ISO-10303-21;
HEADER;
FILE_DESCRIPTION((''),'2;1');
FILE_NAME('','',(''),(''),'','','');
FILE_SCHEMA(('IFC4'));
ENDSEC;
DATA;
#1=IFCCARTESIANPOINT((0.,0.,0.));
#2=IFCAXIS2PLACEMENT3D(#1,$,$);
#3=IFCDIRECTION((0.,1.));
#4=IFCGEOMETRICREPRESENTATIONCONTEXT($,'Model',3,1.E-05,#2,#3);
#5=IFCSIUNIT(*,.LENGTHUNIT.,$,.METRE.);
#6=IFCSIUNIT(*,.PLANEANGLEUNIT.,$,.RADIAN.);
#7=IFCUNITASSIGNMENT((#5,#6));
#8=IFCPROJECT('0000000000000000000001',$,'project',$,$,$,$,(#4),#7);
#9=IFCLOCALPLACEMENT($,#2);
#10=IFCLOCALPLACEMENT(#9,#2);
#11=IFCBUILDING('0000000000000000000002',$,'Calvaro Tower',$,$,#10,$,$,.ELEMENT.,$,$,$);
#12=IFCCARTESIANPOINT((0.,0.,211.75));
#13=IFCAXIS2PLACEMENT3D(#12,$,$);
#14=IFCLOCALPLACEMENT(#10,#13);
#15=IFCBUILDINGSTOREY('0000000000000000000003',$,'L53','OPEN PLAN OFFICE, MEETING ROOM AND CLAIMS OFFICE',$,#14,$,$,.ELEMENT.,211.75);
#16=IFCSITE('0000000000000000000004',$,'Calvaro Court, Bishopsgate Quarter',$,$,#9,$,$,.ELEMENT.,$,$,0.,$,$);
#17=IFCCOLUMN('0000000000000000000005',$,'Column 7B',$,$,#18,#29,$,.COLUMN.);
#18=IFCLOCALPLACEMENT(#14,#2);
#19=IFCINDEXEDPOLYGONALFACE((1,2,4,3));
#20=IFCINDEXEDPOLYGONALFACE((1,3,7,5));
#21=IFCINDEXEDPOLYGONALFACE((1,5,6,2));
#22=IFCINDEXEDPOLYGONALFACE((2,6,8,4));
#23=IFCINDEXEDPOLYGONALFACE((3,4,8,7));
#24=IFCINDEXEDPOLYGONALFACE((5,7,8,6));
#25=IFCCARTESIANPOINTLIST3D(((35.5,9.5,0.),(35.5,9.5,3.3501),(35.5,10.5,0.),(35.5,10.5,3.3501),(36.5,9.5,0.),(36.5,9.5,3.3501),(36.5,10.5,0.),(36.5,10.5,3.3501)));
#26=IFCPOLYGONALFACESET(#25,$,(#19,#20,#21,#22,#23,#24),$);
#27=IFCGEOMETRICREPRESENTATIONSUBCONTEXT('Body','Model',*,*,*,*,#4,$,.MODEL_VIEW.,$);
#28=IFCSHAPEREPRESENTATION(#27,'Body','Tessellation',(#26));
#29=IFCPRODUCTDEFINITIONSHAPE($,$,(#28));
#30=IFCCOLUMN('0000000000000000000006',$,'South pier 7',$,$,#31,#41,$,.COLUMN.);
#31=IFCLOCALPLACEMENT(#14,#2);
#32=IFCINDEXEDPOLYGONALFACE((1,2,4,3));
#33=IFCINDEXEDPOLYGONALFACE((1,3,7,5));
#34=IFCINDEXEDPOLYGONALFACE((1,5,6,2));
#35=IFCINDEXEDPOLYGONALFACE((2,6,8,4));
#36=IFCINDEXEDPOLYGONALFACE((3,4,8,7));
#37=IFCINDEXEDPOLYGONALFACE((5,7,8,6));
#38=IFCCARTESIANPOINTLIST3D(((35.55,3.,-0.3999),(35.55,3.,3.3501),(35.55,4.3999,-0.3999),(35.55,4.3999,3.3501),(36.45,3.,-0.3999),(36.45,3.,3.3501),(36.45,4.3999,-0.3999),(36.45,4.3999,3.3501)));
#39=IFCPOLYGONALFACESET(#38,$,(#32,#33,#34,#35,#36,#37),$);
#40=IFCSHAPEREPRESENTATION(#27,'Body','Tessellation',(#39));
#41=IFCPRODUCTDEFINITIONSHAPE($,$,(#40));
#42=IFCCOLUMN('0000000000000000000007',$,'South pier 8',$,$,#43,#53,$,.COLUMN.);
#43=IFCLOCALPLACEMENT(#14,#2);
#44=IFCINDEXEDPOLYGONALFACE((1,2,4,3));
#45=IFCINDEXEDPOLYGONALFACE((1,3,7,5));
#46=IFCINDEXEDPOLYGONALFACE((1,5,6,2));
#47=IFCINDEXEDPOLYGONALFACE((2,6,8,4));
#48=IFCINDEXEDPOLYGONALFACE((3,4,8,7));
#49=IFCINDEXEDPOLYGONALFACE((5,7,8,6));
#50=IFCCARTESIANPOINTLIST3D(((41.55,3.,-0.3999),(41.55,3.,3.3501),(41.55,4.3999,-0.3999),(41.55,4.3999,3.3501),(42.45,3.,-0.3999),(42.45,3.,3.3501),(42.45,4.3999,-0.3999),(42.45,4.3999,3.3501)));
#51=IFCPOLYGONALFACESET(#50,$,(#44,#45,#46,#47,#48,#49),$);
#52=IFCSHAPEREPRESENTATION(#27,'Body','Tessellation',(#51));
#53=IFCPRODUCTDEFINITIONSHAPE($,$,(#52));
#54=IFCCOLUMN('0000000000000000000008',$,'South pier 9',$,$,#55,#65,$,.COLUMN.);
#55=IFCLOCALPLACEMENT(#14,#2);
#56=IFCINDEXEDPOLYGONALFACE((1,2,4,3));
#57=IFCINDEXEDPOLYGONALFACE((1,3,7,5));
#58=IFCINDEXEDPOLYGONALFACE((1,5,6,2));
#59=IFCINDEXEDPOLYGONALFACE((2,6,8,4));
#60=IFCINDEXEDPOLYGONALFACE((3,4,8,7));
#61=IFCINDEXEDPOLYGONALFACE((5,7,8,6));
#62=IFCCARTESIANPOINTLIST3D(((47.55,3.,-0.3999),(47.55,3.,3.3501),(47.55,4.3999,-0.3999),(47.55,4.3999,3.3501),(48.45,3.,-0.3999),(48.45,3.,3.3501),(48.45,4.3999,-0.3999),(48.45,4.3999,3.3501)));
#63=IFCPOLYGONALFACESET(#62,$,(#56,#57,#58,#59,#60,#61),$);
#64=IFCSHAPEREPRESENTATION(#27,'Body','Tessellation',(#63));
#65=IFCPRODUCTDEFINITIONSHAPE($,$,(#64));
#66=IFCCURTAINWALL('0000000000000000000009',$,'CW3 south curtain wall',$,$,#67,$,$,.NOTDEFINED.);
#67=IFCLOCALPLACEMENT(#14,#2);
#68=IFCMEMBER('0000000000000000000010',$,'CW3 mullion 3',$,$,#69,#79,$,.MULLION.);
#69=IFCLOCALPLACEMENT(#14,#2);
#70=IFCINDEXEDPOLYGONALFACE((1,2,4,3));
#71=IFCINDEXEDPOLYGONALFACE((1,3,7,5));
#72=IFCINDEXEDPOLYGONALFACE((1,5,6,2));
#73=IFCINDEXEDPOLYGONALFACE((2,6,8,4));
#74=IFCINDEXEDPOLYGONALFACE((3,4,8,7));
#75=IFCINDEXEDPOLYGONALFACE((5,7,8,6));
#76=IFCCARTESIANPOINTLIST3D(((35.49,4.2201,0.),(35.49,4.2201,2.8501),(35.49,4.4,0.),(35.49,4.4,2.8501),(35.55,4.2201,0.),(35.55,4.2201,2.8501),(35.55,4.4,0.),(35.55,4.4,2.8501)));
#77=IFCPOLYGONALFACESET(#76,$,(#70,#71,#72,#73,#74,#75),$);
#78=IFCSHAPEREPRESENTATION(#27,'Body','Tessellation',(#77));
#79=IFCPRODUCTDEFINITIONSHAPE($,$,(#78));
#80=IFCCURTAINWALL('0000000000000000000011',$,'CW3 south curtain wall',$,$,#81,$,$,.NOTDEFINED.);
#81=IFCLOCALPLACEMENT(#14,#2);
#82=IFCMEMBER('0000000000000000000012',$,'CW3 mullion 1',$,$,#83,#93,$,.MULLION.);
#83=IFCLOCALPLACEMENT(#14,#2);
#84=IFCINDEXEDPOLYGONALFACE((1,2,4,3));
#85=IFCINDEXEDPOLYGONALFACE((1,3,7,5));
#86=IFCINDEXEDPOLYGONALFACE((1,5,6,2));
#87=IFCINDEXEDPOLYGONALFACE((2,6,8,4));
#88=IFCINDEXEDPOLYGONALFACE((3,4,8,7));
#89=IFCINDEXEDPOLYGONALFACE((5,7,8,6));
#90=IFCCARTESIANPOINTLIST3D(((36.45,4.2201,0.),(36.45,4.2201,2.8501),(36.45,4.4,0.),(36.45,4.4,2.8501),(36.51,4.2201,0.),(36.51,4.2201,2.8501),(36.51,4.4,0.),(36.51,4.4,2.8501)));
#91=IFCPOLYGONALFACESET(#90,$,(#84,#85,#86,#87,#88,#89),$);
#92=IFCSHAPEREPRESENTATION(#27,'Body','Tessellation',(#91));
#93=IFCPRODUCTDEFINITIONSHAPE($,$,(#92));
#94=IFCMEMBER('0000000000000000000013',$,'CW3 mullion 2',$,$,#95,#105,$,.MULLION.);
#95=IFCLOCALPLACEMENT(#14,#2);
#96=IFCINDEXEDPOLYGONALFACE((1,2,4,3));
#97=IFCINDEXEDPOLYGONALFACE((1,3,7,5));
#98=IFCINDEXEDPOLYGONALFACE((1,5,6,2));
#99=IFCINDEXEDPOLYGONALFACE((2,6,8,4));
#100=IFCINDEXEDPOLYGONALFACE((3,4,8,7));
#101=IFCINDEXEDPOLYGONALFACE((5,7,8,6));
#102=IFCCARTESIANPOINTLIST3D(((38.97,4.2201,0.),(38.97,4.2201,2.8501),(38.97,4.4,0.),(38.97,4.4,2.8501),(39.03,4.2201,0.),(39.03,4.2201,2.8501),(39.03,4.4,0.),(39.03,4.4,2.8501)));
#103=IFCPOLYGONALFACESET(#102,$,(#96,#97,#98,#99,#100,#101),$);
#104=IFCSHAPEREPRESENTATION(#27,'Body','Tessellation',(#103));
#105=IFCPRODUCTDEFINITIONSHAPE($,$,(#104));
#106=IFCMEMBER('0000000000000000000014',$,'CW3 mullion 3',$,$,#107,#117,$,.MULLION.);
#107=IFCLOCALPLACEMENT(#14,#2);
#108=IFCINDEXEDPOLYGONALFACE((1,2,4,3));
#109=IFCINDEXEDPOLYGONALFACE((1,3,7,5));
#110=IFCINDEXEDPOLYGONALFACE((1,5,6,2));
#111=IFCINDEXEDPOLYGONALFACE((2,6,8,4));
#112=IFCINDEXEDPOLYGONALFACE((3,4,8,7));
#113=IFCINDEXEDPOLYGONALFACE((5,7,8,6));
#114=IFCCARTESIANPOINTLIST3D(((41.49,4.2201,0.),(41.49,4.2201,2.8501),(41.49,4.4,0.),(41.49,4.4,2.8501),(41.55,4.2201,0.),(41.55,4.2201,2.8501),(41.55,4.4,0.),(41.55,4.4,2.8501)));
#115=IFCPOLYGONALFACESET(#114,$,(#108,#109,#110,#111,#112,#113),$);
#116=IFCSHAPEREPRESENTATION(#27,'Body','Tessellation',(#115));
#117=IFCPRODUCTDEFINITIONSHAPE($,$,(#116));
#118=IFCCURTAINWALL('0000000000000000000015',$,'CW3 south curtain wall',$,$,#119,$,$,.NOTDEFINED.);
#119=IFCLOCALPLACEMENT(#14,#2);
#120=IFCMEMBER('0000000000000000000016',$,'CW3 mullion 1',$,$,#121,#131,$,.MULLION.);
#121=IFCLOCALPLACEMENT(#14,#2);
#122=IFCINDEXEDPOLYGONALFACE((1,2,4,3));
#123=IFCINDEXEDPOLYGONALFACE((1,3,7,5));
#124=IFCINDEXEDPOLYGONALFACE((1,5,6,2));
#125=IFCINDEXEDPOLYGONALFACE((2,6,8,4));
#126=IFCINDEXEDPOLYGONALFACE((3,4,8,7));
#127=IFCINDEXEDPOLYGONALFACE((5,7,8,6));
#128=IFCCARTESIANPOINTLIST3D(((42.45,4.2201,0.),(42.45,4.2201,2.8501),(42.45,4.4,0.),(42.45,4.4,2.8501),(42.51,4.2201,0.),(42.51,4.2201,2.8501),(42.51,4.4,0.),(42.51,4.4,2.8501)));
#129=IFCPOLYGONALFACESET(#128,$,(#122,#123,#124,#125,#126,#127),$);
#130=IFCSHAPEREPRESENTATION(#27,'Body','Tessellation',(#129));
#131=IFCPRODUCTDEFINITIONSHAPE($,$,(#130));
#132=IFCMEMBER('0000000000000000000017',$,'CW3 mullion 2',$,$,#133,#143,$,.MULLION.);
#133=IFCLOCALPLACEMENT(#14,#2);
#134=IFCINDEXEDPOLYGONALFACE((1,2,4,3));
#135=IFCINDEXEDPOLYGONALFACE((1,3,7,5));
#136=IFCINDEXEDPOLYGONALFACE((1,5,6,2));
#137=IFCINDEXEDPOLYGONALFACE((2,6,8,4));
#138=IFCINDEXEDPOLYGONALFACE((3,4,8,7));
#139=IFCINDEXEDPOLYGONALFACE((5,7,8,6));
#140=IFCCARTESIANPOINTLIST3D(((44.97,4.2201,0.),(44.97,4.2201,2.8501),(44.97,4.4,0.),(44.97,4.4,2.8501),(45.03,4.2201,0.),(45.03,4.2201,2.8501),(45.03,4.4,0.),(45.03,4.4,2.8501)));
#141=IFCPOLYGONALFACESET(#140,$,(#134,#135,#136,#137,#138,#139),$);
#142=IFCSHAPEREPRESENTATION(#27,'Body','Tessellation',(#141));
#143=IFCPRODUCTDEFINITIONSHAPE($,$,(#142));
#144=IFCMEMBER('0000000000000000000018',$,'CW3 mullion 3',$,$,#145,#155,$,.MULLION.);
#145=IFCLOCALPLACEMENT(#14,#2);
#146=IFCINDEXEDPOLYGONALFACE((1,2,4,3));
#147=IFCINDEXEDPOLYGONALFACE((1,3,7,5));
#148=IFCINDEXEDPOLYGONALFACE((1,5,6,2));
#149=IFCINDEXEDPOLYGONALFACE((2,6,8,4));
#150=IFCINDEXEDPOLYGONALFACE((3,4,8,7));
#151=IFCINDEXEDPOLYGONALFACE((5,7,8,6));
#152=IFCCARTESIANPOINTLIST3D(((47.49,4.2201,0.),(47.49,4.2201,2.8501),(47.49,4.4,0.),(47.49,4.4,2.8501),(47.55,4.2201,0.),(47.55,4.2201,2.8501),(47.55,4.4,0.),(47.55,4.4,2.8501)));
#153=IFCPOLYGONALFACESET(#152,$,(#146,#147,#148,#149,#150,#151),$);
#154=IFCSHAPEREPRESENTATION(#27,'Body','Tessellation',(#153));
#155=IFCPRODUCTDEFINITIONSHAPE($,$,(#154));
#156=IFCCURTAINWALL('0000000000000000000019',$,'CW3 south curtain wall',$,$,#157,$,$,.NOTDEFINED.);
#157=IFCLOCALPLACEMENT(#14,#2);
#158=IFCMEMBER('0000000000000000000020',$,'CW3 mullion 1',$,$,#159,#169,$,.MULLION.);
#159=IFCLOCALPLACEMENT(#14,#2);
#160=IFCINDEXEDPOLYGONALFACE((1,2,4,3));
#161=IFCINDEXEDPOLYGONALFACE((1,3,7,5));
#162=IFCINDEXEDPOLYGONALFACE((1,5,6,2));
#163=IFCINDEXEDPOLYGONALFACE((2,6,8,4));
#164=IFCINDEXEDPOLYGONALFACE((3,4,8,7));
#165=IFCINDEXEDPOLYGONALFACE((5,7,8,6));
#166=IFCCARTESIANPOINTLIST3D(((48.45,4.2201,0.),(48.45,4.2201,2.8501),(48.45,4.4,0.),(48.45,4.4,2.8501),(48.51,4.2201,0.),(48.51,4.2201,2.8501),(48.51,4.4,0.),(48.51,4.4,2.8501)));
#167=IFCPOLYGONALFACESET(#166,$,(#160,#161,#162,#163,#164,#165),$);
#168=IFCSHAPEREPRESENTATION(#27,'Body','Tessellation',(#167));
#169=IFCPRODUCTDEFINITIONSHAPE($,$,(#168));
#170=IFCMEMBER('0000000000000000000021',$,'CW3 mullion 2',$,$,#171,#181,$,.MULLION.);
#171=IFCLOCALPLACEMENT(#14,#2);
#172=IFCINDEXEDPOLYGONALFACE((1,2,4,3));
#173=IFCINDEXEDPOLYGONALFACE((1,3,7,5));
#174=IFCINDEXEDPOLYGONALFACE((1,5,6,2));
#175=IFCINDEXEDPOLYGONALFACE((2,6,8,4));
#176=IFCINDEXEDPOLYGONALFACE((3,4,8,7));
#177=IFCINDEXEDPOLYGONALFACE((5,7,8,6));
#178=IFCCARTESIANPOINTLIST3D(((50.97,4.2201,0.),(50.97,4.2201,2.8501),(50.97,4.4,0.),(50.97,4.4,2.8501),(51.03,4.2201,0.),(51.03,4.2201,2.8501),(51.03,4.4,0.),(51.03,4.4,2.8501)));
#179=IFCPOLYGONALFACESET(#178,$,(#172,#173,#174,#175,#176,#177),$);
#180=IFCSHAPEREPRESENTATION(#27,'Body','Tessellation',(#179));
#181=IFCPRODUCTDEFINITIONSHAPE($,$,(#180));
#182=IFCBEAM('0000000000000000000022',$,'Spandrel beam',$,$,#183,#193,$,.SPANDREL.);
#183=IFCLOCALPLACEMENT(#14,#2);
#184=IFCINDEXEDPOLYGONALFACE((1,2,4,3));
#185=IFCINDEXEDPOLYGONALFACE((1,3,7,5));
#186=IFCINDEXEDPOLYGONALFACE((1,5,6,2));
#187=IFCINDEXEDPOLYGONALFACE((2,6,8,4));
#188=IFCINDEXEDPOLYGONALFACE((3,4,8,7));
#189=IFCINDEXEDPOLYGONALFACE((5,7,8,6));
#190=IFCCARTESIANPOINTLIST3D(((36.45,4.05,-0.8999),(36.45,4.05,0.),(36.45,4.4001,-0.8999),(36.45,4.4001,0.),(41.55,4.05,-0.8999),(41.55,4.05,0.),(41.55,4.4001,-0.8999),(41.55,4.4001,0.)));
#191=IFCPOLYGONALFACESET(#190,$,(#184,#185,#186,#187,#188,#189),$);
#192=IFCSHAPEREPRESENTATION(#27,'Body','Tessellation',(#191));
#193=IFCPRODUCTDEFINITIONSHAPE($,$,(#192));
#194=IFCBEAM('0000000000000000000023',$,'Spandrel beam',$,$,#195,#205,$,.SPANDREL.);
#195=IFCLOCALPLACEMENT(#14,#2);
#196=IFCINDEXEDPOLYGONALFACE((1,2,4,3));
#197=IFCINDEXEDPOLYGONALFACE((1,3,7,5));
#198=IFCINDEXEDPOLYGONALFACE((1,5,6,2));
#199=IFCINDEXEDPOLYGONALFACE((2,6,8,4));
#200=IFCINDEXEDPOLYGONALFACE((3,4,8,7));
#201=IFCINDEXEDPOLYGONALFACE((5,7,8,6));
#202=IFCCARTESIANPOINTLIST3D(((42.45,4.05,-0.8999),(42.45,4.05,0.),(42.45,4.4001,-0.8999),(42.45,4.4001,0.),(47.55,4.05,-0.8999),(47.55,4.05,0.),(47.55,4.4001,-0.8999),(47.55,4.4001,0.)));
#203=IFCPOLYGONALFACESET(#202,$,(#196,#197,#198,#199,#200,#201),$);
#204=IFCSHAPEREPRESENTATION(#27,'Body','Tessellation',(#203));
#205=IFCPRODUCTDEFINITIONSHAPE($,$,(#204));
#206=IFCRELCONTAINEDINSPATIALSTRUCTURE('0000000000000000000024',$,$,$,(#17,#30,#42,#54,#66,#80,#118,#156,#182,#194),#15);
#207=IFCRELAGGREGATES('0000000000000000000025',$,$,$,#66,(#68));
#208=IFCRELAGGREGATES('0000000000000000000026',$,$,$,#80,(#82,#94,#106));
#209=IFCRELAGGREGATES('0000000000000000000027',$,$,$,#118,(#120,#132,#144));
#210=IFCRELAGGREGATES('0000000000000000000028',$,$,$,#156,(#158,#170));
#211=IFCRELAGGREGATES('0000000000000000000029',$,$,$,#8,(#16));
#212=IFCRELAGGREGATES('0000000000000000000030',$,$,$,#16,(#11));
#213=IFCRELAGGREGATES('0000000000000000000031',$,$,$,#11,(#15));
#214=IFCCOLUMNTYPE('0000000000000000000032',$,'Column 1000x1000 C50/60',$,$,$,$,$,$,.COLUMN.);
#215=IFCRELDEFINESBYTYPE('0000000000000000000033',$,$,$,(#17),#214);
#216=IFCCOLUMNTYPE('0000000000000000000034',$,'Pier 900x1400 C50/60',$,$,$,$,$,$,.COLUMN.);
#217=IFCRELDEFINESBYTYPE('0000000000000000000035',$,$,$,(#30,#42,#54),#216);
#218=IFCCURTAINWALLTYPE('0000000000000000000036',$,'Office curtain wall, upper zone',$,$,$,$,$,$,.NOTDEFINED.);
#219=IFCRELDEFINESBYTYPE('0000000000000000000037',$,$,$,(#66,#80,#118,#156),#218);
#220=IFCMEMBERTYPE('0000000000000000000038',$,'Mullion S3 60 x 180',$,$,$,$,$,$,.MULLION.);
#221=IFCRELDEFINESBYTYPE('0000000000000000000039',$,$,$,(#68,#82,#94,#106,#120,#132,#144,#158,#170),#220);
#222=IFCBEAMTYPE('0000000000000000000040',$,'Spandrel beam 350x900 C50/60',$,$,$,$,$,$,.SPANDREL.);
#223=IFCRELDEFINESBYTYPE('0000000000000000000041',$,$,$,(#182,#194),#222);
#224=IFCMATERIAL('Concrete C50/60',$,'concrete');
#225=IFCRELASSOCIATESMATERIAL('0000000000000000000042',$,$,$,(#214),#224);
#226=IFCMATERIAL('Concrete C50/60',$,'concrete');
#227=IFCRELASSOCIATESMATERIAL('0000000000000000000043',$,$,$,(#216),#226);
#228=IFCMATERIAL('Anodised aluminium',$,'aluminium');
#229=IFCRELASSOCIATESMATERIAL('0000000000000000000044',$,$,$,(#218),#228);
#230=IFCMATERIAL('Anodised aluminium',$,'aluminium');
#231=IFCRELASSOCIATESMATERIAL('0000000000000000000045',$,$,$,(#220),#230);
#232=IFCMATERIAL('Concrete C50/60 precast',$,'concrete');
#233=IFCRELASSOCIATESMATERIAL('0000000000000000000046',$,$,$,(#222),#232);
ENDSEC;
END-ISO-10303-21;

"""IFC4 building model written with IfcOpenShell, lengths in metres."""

from ifc_helpers import new_model, si_unit, direction, frame, origin, origin_2d, place, context, subcontext, project, spatial, rectangle, extrude, material, material_profile, profile_set, type_object, element, aggregate, save


model = new_model("IFC4")

# Units and contexts
model_context = context("Model", 3, precision=1e-05, world=origin(), true_north=direction((0.0, 1.0)))
body_context = subcontext(model_context, "Body", "Model", "MODEL_VIEW")
ifc_project = project(units=[si_unit("LENGTHUNIT", "METRE"), si_unit("PLANEANGLEUNIT", "RADIAN")], contexts=[model_context])

# Site, building, storey
site_placement = place(None, origin())
site = spatial("IfcSite", under=ifc_project, at=site_placement, Name="Calvaro Court, Bishopsgate Quarter", CompositionType="ELEMENT", RefElevation=0.0)
building_placement = place(site_placement, origin())
building = spatial("IfcBuilding", under=site, at=building_placement, Name="Calvaro Tower", CompositionType="ELEMENT")
storey_placement = place(building_placement, frame((0.0, 0.0, 211.75)))
storey = spatial("IfcBuildingStorey", under=building, at=storey_placement, Name="L53", Description="OPEN PLAN OFFICE, MEETING ROOM AND CLAIMS OFFICE", CompositionType="ELEMENT", Elevation=211.75)

# Columns
ifc_material_1 = material(Name="Concrete C50/60", Category="concrete")
ifc_material_profile_1 = material_profile(ifc_material_1, rectangle(XDim=1.0, YDim=1.0, at=origin_2d()), Name="RC 1000x1000")
ifc_profile_set_1 = profile_set([ifc_material_profile_1], Name="Concrete C50/60")
column_type_1 = type_object("IfcColumnType", Name="Column 1000x1000 C50/60", PredefinedType="COLUMN", material=ifc_profile_set_1)
column_placement = place(storey_placement, frame((36.0, 10.0, 0.0), z_axis=(0.0, 0.0, 1.0), x_axis=(1.0, 0.0, 0.0)))
element("IfcColumn", 1, at=column_placement, inside=storey, type_object=column_type_1, Name="Column 7B", PredefinedType="COLUMN", context=body_context, shape_type="SweptSolid", body=[
    extrude(rectangle(XDim=1.0, YDim=1.0, at=origin_2d()), origin(), (0.0, 0.0, 1.0), 3.3501),
])
ifc_material_2 = material(Name="Concrete C50/60", Category="concrete")
ifc_material_profile_2 = material_profile(ifc_material_2, rectangle(XDim=0.8999, YDim=1.3999, at=origin_2d()), Name="RC 900x1400")
ifc_profile_set_2 = profile_set([ifc_material_profile_2], Name="Concrete C50/60")
column_type_2 = type_object("IfcColumnType", Name="Pier 900x1400 C50/60", PredefinedType="COLUMN", material=ifc_profile_set_2)
for number, where, z_axis, x_axis, name in (
    (2, (36.0, 3.7, -0.3999), (0.0, 0.0, 1.0), (1.0, 0.0, 0.0), "South pier 7"),
    (3, (42.0, 3.7, -0.3999), (0.0, 0.0, 1.0), (1.0, 0.0, 0.0), "South pier 8"),
    (4, (48.0, 3.7, -0.3999), (0.0, 0.0, 1.0), (1.0, 0.0, 0.0), "South pier 9"),
):
    element("IfcColumn", number, at=place(storey_placement, frame(where, z_axis=z_axis, x_axis=x_axis)), inside=storey, type_object=column_type_2, Name=name, PredefinedType="COLUMN", context=body_context, shape_type="SweptSolid", body=[
        extrude(rectangle(XDim=0.8999, YDim=1.3999, at=origin_2d()), origin(), (0.0, 0.0, 1.0), 3.75),
    ])

# Curtain wall, member
ifc_material_3 = material(Name="Anodised aluminium", Category="aluminium")
curtain_wall_type = type_object("IfcCurtainWallType", Name="Office curtain wall, upper zone", PredefinedType="NOTDEFINED", material=ifc_material_3)
curtain_wall_1_placement = place(storey_placement, origin())
curtain_wall_1 = element("IfcCurtainWall", 5, at=curtain_wall_1_placement, inside=storey, type_object=curtain_wall_type, Name="CW3 south curtain wall", PredefinedType="NOTDEFINED")
ifc_material_4 = material(Name="Anodised aluminium", Category="aluminium")
ifc_material_profile_3 = material_profile(ifc_material_4, rectangle(XDim=0.1799, YDim=0.0601, at=origin_2d()), Name="Mullion S3 60 x 180")
ifc_profile_set_3 = profile_set([ifc_material_profile_3], Name="Anodised aluminium")
member_type_1 = type_object("IfcMemberType", Name="Mullion S3 60 x 180", PredefinedType="MULLION", material=ifc_profile_set_3)
member_1_placement = place(storey_placement, frame((35.52, 4.3101, 0.0), z_axis=(0.0, 0.0, 1.0), x_axis=(0.0, 1.0, 0.0)))
member_1 = element("IfcMember", 6, at=member_1_placement, type_object=member_type_1, Name="CW3 mullion 3", PredefinedType="MULLION", context=body_context, shape_type="SweptSolid", body=[
    extrude(rectangle(XDim=0.1799, YDim=0.0601, at=origin_2d()), origin(), (0.0, 0.0, 1.0), 2.8501),
])
aggregate(curtain_wall_1, [member_1])

# Curtain walls, members
curtain_wall_2_placement = place(storey_placement, origin())
curtain_wall_2 = element("IfcCurtainWall", 7, at=curtain_wall_2_placement, inside=storey, type_object=curtain_wall_type, Name="CW3 south curtain wall", PredefinedType="NOTDEFINED")
member_2_placement = place(storey_placement, frame((36.48, 4.3101, 0.0), z_axis=(0.0, 0.0, 1.0), x_axis=(0.0, 1.0, 0.0)))
member_2 = element("IfcMember", 8, at=member_2_placement, type_object=member_type_1, Name="CW3 mullion 1", PredefinedType="MULLION", context=body_context, shape_type="SweptSolid", body=[
    extrude(rectangle(XDim=0.1799, YDim=0.0601, at=origin_2d()), origin(), (0.0, 0.0, 1.0), 2.8501),
])
member_3_placement = place(storey_placement, frame((39.0, 4.3101, 0.0), z_axis=(0.0, 0.0, 1.0), x_axis=(0.0, 1.0, 0.0)))
member_3 = element("IfcMember", 9, at=member_3_placement, type_object=member_type_1, Name="CW3 mullion 2", PredefinedType="MULLION", context=body_context, shape_type="SweptSolid", body=[
    extrude(rectangle(XDim=0.1799, YDim=0.0601, at=origin_2d()), origin(), (0.0, 0.0, 1.0), 2.8501),
])
member_4_placement = place(storey_placement, frame((41.52, 4.3101, 0.0), z_axis=(0.0, 0.0, 1.0), x_axis=(0.0, 1.0, 0.0)))
member_4 = element("IfcMember", 10, at=member_4_placement, type_object=member_type_1, Name="CW3 mullion 3", PredefinedType="MULLION", context=body_context, shape_type="SweptSolid", body=[
    extrude(rectangle(XDim=0.1799, YDim=0.0601, at=origin_2d()), origin(), (0.0, 0.0, 1.0), 2.8501),
])
curtain_wall_3_placement = place(storey_placement, origin())
curtain_wall_3 = element("IfcCurtainWall", 11, at=curtain_wall_3_placement, inside=storey, type_object=curtain_wall_type, Name="CW3 south curtain wall", PredefinedType="NOTDEFINED")
member_5_placement = place(storey_placement, frame((42.48, 4.3101, 0.0), z_axis=(0.0, 0.0, 1.0), x_axis=(0.0, 1.0, 0.0)))
member_5 = element("IfcMember", 12, at=member_5_placement, type_object=member_type_1, Name="CW3 mullion 1", PredefinedType="MULLION", context=body_context, shape_type="SweptSolid", body=[
    extrude(rectangle(XDim=0.1799, YDim=0.0601, at=origin_2d()), origin(), (0.0, 0.0, 1.0), 2.8501),
])
member_6_placement = place(storey_placement, frame((45.0, 4.3101, 0.0), z_axis=(0.0, 0.0, 1.0), x_axis=(0.0, 1.0, 0.0)))
member_6 = element("IfcMember", 13, at=member_6_placement, type_object=member_type_1, Name="CW3 mullion 2", PredefinedType="MULLION", context=body_context, shape_type="SweptSolid", body=[
    extrude(rectangle(XDim=0.1799, YDim=0.0601, at=origin_2d()), origin(), (0.0, 0.0, 1.0), 2.8501),
])
member_7_placement = place(storey_placement, frame((47.52, 4.3101, 0.0), z_axis=(0.0, 0.0, 1.0), x_axis=(0.0, 1.0, 0.0)))
member_7 = element("IfcMember", 14, at=member_7_placement, type_object=member_type_1, Name="CW3 mullion 3", PredefinedType="MULLION", context=body_context, shape_type="SweptSolid", body=[
    extrude(rectangle(XDim=0.1799, YDim=0.0601, at=origin_2d()), origin(), (0.0, 0.0, 1.0), 2.8501),
])
curtain_wall_4_placement = place(storey_placement, origin())
curtain_wall_4 = element("IfcCurtainWall", 15, at=curtain_wall_4_placement, inside=storey, type_object=curtain_wall_type, Name="CW3 south curtain wall", PredefinedType="NOTDEFINED")
member_8_placement = place(storey_placement, frame((48.48, 4.3101, 0.0), z_axis=(0.0, 0.0, 1.0), x_axis=(0.0, 1.0, 0.0)))
member_8 = element("IfcMember", 16, at=member_8_placement, type_object=member_type_1, Name="CW3 mullion 1", PredefinedType="MULLION", context=body_context, shape_type="SweptSolid", body=[
    extrude(rectangle(XDim=0.1799, YDim=0.0601, at=origin_2d()), origin(), (0.0, 0.0, 1.0), 2.8501),
])
member_9_placement = place(storey_placement, frame((51.0, 4.3101, 0.0), z_axis=(0.0, 0.0, 1.0), x_axis=(0.0, 1.0, 0.0)))
member_9 = element("IfcMember", 17, at=member_9_placement, type_object=member_type_1, Name="CW3 mullion 2", PredefinedType="MULLION", context=body_context, shape_type="SweptSolid", body=[
    extrude(rectangle(XDim=0.1799, YDim=0.0601, at=origin_2d()), origin(), (0.0, 0.0, 1.0), 2.8501),
])

# Beams
ifc_material_5 = material(Name="Concrete C50/60 precast", Category="concrete")
ifc_material_profile_4 = material_profile(ifc_material_5, rectangle(XDim=0.3501, YDim=0.8999, at=origin_2d()), Name="RC 350x900")
ifc_profile_set_4 = profile_set([ifc_material_profile_4], Name="Concrete C50/60 precast")
beam_type = type_object("IfcBeamType", Name="Spandrel beam 350x900 C50/60", PredefinedType="SPANDREL", material=ifc_profile_set_4)
for number, where, z_axis, x_axis, name in (
    (18, (36.45, 4.2251, -0.45), (1.0, 0.0, 0.0), (0.0, 1.0, 0.0), "Spandrel beam"),
    (19, (42.45, 4.2251, -0.45), (1.0, 0.0, 0.0), (0.0, 1.0, 0.0), "Spandrel beam"),
):
    element("IfcBeam", number, at=place(storey_placement, frame(where, z_axis=z_axis, x_axis=x_axis)), inside=storey, type_object=beam_type, Name=name, PredefinedType="SPANDREL", context=body_context, shape_type="SweptSolid", body=[
        extrude(rectangle(XDim=0.3501, YDim=0.8999, at=origin_2d()), origin(), (0.0, 0.0, 1.0), 5.1001),
    ])

aggregate(curtain_wall_2, [member_2, member_3, member_4])
aggregate(curtain_wall_3, [member_5, member_6, member_7])
aggregate(curtain_wall_4, [member_8, member_9])

save(model, "model.ifc")
